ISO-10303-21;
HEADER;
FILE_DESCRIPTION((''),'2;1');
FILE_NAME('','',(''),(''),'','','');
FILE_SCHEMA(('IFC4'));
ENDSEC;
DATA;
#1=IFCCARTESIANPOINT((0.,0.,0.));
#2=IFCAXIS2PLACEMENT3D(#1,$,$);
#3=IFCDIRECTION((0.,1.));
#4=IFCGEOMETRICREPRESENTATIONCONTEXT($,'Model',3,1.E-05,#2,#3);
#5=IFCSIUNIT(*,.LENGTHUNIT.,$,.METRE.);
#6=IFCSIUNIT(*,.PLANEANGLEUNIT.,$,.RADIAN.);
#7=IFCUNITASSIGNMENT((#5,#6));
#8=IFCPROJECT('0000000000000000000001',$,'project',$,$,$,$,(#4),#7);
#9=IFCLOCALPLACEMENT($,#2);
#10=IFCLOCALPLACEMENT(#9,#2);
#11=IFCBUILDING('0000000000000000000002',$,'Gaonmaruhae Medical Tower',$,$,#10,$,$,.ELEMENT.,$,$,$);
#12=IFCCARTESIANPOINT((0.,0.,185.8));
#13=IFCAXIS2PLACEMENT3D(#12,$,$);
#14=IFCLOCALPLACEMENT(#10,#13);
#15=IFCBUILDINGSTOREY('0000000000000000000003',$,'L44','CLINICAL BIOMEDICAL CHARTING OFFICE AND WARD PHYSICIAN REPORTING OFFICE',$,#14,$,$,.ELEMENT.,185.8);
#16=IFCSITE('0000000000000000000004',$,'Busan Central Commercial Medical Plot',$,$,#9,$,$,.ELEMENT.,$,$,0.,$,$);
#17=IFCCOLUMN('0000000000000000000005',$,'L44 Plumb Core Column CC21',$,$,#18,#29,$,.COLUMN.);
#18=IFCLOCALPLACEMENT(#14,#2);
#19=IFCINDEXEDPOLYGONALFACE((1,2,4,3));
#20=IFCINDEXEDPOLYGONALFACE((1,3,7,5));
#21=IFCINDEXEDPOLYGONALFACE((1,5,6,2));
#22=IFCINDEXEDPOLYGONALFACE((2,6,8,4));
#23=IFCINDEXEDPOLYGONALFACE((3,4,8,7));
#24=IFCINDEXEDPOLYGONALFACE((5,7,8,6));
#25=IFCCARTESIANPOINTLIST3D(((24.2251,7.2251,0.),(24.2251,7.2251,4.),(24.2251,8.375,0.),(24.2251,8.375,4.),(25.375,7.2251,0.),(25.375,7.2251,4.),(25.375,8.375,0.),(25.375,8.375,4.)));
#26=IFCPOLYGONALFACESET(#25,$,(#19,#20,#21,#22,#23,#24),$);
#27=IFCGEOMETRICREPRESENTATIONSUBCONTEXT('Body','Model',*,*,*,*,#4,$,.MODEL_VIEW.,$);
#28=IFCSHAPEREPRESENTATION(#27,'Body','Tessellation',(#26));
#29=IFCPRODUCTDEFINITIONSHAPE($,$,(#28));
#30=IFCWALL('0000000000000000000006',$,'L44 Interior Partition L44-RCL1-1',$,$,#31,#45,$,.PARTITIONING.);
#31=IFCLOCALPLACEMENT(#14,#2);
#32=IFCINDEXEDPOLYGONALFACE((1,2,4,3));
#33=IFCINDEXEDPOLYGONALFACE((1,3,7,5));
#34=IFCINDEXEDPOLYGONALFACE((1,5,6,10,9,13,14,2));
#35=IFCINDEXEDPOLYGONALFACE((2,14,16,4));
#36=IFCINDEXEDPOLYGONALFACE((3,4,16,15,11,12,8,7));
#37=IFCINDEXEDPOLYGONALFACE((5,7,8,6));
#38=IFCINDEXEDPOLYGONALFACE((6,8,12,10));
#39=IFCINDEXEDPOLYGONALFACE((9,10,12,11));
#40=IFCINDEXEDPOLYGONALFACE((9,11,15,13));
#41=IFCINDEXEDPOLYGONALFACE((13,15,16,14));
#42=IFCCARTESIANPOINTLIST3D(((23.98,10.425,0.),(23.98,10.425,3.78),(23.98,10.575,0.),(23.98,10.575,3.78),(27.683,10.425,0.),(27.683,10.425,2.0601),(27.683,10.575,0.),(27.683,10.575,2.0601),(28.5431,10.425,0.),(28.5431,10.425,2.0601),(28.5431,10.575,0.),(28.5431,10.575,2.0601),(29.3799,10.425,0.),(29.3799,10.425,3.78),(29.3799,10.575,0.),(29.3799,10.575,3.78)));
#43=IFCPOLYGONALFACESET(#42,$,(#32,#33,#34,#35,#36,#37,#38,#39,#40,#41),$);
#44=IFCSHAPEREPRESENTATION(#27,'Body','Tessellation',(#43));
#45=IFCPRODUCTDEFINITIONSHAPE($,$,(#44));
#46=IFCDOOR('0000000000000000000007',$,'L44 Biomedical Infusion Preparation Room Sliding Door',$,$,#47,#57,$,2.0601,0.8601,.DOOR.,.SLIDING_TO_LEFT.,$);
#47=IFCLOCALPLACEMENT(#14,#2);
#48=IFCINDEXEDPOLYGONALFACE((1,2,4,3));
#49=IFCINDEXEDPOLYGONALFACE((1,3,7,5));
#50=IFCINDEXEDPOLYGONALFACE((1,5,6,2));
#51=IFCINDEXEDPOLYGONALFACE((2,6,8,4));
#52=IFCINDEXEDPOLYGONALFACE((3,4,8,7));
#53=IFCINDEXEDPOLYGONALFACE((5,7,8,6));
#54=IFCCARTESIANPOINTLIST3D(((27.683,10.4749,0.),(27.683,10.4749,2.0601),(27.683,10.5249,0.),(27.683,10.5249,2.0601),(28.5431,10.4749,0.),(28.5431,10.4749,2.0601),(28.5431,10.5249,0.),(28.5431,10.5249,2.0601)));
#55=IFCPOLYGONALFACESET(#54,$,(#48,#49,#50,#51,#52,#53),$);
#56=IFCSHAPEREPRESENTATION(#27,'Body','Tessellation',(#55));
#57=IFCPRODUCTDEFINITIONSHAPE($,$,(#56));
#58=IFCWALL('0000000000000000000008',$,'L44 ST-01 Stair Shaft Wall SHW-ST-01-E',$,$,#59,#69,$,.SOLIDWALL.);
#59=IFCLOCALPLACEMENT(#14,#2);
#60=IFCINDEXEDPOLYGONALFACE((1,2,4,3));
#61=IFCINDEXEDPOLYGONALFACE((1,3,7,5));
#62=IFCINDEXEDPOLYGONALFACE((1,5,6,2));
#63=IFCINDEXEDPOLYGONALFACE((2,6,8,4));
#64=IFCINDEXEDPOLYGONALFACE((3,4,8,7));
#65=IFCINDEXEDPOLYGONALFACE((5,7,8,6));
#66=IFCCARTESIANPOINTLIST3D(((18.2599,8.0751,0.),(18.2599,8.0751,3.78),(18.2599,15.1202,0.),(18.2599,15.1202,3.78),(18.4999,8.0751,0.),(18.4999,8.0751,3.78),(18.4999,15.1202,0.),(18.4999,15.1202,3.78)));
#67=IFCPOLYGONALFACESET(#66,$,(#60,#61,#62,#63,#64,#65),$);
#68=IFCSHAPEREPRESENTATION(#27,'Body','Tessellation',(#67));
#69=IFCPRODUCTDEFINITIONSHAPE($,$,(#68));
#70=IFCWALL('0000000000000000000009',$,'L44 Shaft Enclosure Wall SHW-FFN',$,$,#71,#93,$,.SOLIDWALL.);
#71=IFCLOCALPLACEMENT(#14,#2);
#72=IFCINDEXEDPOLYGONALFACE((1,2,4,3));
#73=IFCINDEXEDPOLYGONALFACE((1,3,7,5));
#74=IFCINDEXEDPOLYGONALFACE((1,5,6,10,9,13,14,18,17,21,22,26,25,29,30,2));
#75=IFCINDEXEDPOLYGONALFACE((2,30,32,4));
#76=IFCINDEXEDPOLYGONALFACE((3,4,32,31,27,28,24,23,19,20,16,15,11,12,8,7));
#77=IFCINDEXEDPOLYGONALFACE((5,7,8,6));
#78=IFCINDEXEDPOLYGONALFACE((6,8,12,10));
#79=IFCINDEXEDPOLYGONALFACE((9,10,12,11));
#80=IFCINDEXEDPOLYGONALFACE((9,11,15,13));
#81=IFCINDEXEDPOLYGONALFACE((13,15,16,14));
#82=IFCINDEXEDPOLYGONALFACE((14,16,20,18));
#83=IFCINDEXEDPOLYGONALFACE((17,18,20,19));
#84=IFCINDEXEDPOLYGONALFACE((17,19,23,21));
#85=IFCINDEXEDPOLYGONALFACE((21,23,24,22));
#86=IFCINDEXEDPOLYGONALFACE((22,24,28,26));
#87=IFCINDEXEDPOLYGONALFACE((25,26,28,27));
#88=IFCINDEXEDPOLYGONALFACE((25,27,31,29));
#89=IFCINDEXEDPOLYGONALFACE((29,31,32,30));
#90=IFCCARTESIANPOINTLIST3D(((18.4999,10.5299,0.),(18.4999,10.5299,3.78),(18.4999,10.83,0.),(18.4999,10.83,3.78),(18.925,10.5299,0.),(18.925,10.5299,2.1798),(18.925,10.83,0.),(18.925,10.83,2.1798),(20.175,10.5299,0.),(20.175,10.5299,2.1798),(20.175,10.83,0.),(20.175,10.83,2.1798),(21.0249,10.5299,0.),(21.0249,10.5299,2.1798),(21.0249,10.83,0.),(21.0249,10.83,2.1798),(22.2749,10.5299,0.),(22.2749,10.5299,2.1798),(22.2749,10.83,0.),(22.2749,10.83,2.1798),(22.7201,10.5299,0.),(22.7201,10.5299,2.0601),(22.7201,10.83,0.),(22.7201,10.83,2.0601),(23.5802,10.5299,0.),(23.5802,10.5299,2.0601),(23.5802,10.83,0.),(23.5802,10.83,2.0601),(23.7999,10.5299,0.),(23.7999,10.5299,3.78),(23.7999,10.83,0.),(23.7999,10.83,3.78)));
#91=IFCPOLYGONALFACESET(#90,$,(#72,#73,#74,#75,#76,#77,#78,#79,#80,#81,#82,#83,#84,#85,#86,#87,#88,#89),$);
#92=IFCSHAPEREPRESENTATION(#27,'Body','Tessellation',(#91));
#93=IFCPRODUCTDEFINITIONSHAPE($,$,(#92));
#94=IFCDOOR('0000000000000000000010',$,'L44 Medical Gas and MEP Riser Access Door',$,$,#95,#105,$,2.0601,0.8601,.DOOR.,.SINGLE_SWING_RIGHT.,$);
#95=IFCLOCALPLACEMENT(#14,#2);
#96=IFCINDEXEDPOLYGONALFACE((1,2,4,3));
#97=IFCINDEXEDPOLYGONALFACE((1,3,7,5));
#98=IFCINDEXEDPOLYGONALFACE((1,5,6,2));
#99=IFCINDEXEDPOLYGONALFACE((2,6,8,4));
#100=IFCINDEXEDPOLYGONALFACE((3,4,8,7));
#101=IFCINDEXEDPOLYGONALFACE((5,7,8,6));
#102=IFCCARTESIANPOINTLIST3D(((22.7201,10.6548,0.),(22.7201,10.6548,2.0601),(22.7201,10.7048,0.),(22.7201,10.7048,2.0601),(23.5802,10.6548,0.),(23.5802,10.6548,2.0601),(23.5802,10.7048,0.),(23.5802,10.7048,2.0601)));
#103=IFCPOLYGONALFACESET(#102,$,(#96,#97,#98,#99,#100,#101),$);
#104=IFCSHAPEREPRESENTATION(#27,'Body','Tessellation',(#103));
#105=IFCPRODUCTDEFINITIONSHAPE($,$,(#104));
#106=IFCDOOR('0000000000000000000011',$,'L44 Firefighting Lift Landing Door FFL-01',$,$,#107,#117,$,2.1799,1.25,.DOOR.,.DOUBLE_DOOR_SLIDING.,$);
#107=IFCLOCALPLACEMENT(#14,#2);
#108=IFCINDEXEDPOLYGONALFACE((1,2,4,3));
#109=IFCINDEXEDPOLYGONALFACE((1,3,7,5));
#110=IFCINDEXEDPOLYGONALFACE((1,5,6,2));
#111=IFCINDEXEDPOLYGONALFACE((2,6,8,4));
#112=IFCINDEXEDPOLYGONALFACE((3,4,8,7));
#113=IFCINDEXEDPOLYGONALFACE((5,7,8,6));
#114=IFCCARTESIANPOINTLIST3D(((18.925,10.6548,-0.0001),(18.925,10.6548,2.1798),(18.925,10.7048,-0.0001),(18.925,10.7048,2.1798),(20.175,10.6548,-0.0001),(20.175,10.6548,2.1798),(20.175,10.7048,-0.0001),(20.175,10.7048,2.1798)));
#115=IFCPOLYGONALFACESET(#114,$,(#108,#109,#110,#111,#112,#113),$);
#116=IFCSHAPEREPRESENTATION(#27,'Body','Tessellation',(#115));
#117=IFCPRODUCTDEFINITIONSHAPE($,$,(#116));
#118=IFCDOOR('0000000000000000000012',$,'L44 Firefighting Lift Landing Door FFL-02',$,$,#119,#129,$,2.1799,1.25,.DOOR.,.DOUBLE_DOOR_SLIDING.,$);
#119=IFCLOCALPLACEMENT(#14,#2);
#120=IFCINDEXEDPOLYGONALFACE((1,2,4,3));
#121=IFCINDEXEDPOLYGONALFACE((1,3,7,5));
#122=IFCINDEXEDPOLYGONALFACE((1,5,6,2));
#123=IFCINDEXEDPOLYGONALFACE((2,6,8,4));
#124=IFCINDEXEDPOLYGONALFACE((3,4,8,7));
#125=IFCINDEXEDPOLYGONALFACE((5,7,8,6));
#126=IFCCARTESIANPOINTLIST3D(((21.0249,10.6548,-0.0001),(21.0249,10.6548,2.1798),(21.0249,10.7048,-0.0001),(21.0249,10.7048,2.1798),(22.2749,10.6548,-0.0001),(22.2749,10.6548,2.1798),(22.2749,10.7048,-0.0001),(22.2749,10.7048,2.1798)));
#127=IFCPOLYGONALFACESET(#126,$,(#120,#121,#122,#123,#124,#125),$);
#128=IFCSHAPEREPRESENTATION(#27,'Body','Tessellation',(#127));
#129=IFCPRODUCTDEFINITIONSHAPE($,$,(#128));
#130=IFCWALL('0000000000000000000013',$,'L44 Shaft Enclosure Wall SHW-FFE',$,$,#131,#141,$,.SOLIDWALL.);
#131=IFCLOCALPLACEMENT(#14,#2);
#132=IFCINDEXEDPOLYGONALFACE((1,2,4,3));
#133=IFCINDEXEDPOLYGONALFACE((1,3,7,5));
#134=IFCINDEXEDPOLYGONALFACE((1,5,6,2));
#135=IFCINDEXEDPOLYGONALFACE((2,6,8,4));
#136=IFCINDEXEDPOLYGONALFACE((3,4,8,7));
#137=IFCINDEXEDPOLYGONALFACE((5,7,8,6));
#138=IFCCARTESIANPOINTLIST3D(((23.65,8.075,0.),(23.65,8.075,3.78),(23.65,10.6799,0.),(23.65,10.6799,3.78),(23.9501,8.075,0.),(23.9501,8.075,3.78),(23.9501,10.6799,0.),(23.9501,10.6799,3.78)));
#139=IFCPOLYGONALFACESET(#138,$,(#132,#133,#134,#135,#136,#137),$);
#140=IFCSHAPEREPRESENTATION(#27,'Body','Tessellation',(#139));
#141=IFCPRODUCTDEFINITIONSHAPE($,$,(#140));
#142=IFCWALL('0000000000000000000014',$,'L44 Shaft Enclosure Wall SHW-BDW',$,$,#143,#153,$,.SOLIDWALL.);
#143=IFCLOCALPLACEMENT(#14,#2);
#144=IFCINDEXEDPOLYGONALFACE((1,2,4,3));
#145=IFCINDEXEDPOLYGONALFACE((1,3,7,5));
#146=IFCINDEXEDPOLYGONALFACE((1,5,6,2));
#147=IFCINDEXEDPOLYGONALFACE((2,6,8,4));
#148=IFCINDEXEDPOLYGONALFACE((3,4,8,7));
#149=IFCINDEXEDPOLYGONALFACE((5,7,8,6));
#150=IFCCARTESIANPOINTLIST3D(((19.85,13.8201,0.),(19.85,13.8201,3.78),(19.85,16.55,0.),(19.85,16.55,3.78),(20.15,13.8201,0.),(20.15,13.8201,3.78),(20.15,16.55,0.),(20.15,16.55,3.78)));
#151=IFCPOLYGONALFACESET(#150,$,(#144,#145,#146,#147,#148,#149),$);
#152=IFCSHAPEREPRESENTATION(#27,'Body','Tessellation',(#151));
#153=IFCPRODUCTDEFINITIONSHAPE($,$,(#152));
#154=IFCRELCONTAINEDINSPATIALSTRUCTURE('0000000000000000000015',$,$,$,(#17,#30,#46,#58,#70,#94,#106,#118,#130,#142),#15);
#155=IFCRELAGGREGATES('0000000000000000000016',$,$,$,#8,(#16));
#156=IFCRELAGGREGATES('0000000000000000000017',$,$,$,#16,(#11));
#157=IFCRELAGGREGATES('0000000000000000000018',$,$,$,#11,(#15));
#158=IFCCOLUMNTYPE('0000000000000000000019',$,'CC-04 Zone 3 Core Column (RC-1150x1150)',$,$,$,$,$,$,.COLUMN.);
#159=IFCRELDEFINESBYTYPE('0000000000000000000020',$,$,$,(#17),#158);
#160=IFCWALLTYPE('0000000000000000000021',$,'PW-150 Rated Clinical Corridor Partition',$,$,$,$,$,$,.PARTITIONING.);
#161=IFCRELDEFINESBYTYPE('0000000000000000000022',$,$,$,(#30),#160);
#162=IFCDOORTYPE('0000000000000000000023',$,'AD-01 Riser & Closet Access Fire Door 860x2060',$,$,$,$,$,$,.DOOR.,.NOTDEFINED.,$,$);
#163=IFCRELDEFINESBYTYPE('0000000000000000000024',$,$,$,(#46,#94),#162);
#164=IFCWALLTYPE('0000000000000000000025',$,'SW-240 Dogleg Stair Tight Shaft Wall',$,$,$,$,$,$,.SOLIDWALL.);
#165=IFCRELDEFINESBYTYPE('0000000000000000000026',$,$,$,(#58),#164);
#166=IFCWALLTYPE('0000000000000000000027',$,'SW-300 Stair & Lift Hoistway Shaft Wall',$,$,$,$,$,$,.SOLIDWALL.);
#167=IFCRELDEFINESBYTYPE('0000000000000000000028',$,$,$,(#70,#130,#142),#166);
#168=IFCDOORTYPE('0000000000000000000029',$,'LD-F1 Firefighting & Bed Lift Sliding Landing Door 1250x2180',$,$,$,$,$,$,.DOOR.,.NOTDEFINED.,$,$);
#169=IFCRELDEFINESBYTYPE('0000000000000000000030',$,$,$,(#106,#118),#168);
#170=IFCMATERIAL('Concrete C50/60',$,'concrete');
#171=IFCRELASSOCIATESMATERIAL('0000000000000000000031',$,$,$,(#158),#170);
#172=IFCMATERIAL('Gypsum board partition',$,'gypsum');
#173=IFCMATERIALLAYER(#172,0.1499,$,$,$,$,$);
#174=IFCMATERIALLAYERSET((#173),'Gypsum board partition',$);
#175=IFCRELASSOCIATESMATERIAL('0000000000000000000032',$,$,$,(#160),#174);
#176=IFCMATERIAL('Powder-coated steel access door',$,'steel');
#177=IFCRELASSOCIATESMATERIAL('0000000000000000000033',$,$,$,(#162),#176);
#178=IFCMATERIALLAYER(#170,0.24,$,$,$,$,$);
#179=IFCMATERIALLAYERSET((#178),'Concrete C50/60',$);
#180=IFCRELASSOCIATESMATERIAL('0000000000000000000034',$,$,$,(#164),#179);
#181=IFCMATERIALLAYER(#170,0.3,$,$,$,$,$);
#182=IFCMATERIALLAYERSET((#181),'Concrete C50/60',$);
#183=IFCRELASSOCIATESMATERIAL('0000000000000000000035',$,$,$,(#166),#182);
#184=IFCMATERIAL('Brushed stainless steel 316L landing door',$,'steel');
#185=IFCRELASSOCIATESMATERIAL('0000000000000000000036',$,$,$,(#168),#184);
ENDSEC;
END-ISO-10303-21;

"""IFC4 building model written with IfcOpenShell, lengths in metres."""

from ifc_helpers import new_model, si_unit, direction, frame, frame_2d, origin, origin_2d, place, context, subcontext, project, spatial, rectangle, extrude, material, layer, layer_set, material_profile, profile_set, type_object, element, fill, save


model = new_model("IFC4")

# Units and contexts
model_context = context("Model", 3, precision=1e-05, world=origin(), true_north=direction((0.0, 1.0)))
body_context = subcontext(model_context, "Body", "Model", "MODEL_VIEW")
ifc_project = project(units=[si_unit("LENGTHUNIT", "METRE"), si_unit("PLANEANGLEUNIT", "RADIAN")], contexts=[model_context])

# Site, building, storey
site_placement = place(None, origin())
site = spatial("IfcSite", under=ifc_project, at=site_placement, Name="Busan Central Commercial Medical Plot", CompositionType="ELEMENT", RefElevation=0.0)
building_placement = place(site_placement, origin())
building = spatial("IfcBuilding", under=site, at=building_placement, Name="Gaonmaruhae Medical Tower", CompositionType="ELEMENT")
storey_placement = place(building_placement, frame((0.0, 0.0, 185.8)))
storey = spatial("IfcBuildingStorey", under=building, at=storey_placement, Name="L44", Description="CLINICAL BIOMEDICAL CHARTING OFFICE AND WARD PHYSICIAN REPORTING OFFICE", CompositionType="ELEMENT", Elevation=185.8)

# Column
ifc_material_1 = material(Name="Concrete C50/60", Category="concrete")
ifc_material_profile = material_profile(ifc_material_1, rectangle(XDim=1.1499, YDim=1.1499, at=origin_2d()), Name="RC-1150x1150")
ifc_profile_set = profile_set([ifc_material_profile], Name="Concrete C50/60")
column_type = type_object("IfcColumnType", Name="CC-04 Zone 3 Core Column (RC-1150x1150)", PredefinedType="COLUMN", material=ifc_profile_set)
column_placement = place(storey_placement, frame((24.8, 7.8, 0.0), z_axis=(0.0, 0.0, 1.0), x_axis=(1.0, 0.0, 0.0)))
element("IfcColumn", 1, at=column_placement, inside=storey, type_object=column_type, Name="L44 Plumb Core Column CC21", PredefinedType="COLUMN", context=body_context, shape_type="SweptSolid", body=[
    extrude(rectangle(XDim=1.1499, YDim=1.1499, at=origin_2d()), origin(), (0.0, 0.0, 1.0), 4.0),
])

# Wall, opening, door
ifc_material_2 = material(Name="Gypsum board partition", Category="gypsum")
ifc_layer_1 = layer(ifc_material_2, 0.1499)
ifc_layer_set_1 = layer_set([ifc_layer_1], Name="Gypsum board partition")
wall_type_1 = type_object("IfcWallType", Name="PW-150 Rated Clinical Corridor Partition", PredefinedType="PARTITIONING", material=ifc_layer_set_1)
wall_1_placement = place(storey_placement, frame((23.98, 10.5, 0.0), z_axis=(0.0, 0.0, 1.0), x_axis=(1.0, 0.0, 0.0)))
wall_1 = element("IfcWall", 2, at=wall_1_placement, inside=storey, type_object=wall_type_1, Name="L44 Interior Partition L44-RCL1-1", PredefinedType="PARTITIONING", context=body_context, shape_type="SweptSolid", body=[
    extrude(rectangle(XDim=5.3999, YDim=0.1499, at=frame_2d((2.7, 0.0))), origin(), (0.0, 0.0, 1.0), 3.78),
])
opening_1_placement = place(wall_1_placement, frame((3.7029, 0.0, 0.0)))
opening_1 = element("IfcOpeningElement", 3, at=opening_1_placement, cuts=wall_1, PredefinedType="OPENING", context=body_context, shape_type="SweptSolid", body=[
    extrude(rectangle(XDim=0.8601, YDim=2.0601, at=frame_2d((0.4302, 1.03))), frame((0.0, 0.085, 0.0), z_axis=(0.0, -1.0, 0.0), x_axis=(1.0, 0.0, 0.0)), (0.0, 0.0, 1.0), 0.1699),
])
ifc_material_3 = material(Name="Powder-coated steel access door", Category="steel")
door_type_1 = type_object("IfcDoorType", Name="AD-01 Riser & Closet Access Fire Door 860x2060", OperationType="NOTDEFINED", PredefinedType="DOOR", material=ifc_material_3)
door_1_placement = place(opening_1_placement, origin())
door_1 = element("IfcDoor", 4, at=door_1_placement, inside=storey, type_object=door_type_1, Name="L44 Biomedical Infusion Preparation Room Sliding Door", OperationType="SLIDING_TO_LEFT", OverallHeight=2.0601, OverallWidth=0.8601, PredefinedType="DOOR", context=body_context, shape_type="SweptSolid", body=[
    extrude(rectangle(XDim=0.8601, YDim=2.0601, at=frame_2d((0.4302, 1.03))), frame((0.0, 0.0249, 0.0), z_axis=(0.0, -1.0, 0.0), x_axis=(1.0, 0.0, 0.0)), (0.0, 0.0, 1.0), 0.05),
])
fill(opening_1, door_1)

# Wall
ifc_layer_2 = layer(ifc_material_1, 0.24)
ifc_layer_set_2 = layer_set([ifc_layer_2], Name="Concrete C50/60")
wall_type_2 = type_object("IfcWallType", Name="SW-240 Dogleg Stair Tight Shaft Wall", PredefinedType="SOLIDWALL", material=ifc_layer_set_2)
wall_2_placement = place(storey_placement, frame((18.3799, 15.1201, 0.0), z_axis=(0.0, 0.0, 1.0), x_axis=(0.0, -1.0, 0.0)))
element("IfcWall", 5, at=wall_2_placement, inside=storey, type_object=wall_type_2, Name="L44 ST-01 Stair Shaft Wall SHW-ST-01-E", PredefinedType="SOLIDWALL", context=body_context, shape_type="SweptSolid", body=[
    extrude(rectangle(XDim=7.0452, YDim=0.24, at=frame_2d((3.5225, 0.0))), origin(), (0.0, 0.0, 1.0), 3.78),
])

# Wall, openings, doors
ifc_layer_3 = layer(ifc_material_1, 0.3)
ifc_layer_set_3 = layer_set([ifc_layer_3], Name="Concrete C50/60")
wall_type_3 = type_object("IfcWallType", Name="SW-300 Stair & Lift Hoistway Shaft Wall", PredefinedType="SOLIDWALL", material=ifc_layer_set_3)
ifc_material_4 = material(Name="Brushed stainless steel 316L landing door", Category="steel")
door_type_2 = type_object("IfcDoorType", Name="LD-F1 Firefighting & Bed Lift Sliding Landing Door 1250x2180", OperationType="NOTDEFINED", PredefinedType="DOOR", material=ifc_material_4)
wall_3_placement = place(storey_placement, frame((18.5, 10.6799, 0.0), z_axis=(0.0, 0.0, 1.0), x_axis=(1.0, 0.0, 0.0)))
wall_3 = element("IfcWall", 6, at=wall_3_placement, inside=storey, type_object=wall_type_3, Name="L44 Shaft Enclosure Wall SHW-FFN", PredefinedType="SOLIDWALL", context=body_context, shape_type="SweptSolid", body=[
    extrude(rectangle(XDim=5.3, YDim=0.3, at=frame_2d((2.6499, 0.0))), origin(), (0.0, 0.0, 1.0), 3.78),
])
opening_2_placement = place(wall_3_placement, frame((4.22, 0.0, 0.0)))
opening_2 = element("IfcOpeningElement", 7, at=opening_2_placement, cuts=wall_3, PredefinedType="OPENING", context=body_context, shape_type="SweptSolid", body=[
    extrude(rectangle(XDim=0.8601, YDim=2.0601, at=frame_2d((0.4302, 1.03))), frame((0.0, 0.1602, 0.0), z_axis=(0.0, -1.0, 0.0), x_axis=(1.0, 0.0, 0.0)), (0.0, 0.0, 1.0), 0.3201),
])
opening_3_placement = place(wall_3_placement, frame((0.425, 0.0, 0.0)))
opening_3 = element("IfcOpeningElement", 8, at=opening_3_placement, cuts=wall_3, PredefinedType="OPENING", context=body_context, shape_type="SweptSolid", body=[
    extrude(rectangle(XDim=1.25, YDim=2.1799, at=frame_2d((0.625, 1.0898))), frame((0.0, 0.1602, 0.0), z_axis=(0.0, -1.0, 0.0), x_axis=(1.0, 0.0, 0.0)), (0.0, 0.0, 1.0), 0.3201),
])
opening_4_placement = place(wall_3_placement, frame((2.5249, 0.0, 0.0)))
opening_4 = element("IfcOpeningElement", 9, at=opening_4_placement, cuts=wall_3, PredefinedType="OPENING", context=body_context, shape_type="SweptSolid", body=[
    extrude(rectangle(XDim=1.25, YDim=2.1799, at=frame_2d((0.625, 1.0898))), frame((0.0, 0.1602, 0.0), z_axis=(0.0, -1.0, 0.0), x_axis=(1.0, 0.0, 0.0)), (0.0, 0.0, 1.0), 0.3201),
])
door_2_placement = place(opening_2_placement, origin())
door_2 = element("IfcDoor", 10, at=door_2_placement, inside=storey, type_object=door_type_1, Name="L44 Medical Gas and MEP Riser Access Door", OperationType="SINGLE_SWING_RIGHT", OverallHeight=2.0601, OverallWidth=0.8601, PredefinedType="DOOR", context=body_context, shape_type="SweptSolid", body=[
    extrude(rectangle(XDim=0.8601, YDim=2.0601, at=frame_2d((0.4302, 1.03))), frame((0.0, 0.0249, 0.0), z_axis=(0.0, -1.0, 0.0), x_axis=(1.0, 0.0, 0.0)), (0.0, 0.0, 1.0), 0.05),
])
fill(opening_2, door_2)
door_3_placement = place(opening_3_placement, origin())
door_3 = element("IfcDoor", 11, at=door_3_placement, inside=storey, type_object=door_type_2, Name="L44 Firefighting Lift Landing Door FFL-01", OperationType="DOUBLE_DOOR_SLIDING", OverallHeight=2.1799, OverallWidth=1.25, PredefinedType="DOOR", context=body_context, shape_type="SweptSolid", body=[
    extrude(rectangle(XDim=1.25, YDim=2.1799, at=frame_2d((0.625, 1.0898))), frame((0.0, 0.0249, 0.0), z_axis=(0.0, -1.0, 0.0), x_axis=(1.0, 0.0, 0.0)), (0.0, 0.0, 1.0), 0.05),
])
fill(opening_3, door_3)
door_4_placement = place(opening_4_placement, origin())
door_4 = element("IfcDoor", 12, at=door_4_placement, inside=storey, type_object=door_type_2, Name="L44 Firefighting Lift Landing Door FFL-02", OperationType="DOUBLE_DOOR_SLIDING", OverallHeight=2.1799, OverallWidth=1.25, PredefinedType="DOOR", context=body_context, shape_type="SweptSolid", body=[
    extrude(rectangle(XDim=1.25, YDim=2.1799, at=frame_2d((0.625, 1.0898))), frame((0.0, 0.0249, 0.0), z_axis=(0.0, -1.0, 0.0), x_axis=(1.0, 0.0, 0.0)), (0.0, 0.0, 1.0), 0.05),
])
fill(opening_4, door_4)

# Walls
wall_4_placement = place(storey_placement, frame((23.8, 8.075, 0.0), z_axis=(0.0, 0.0, 1.0), x_axis=(0.0, 1.0, 0.0)))
element("IfcWall", 13, at=wall_4_placement, inside=storey, type_object=wall_type_3, Name="L44 Shaft Enclosure Wall SHW-FFE", PredefinedType="SOLIDWALL", context=body_context, shape_type="SweptSolid", body=[
    extrude(rectangle(XDim=2.605, YDim=0.3, at=frame_2d((1.3025, 0.0))), origin(), (0.0, 0.0, 1.0), 3.78),
])
wall_5_placement = place(storey_placement, frame((20.0, 13.8201, 0.0), z_axis=(0.0, 0.0, 1.0), x_axis=(0.0, 1.0, 0.0)))
element("IfcWall", 14, at=wall_5_placement, inside=storey, type_object=wall_type_3, Name="L44 Shaft Enclosure Wall SHW-BDW", PredefinedType="SOLIDWALL", context=body_context, shape_type="SweptSolid", body=[
    extrude(rectangle(XDim=2.73, YDim=0.3, at=frame_2d((1.365, 0.0))), origin(), (0.0, 0.0, 1.0), 3.78),
])

save(model, "model.ifc")
